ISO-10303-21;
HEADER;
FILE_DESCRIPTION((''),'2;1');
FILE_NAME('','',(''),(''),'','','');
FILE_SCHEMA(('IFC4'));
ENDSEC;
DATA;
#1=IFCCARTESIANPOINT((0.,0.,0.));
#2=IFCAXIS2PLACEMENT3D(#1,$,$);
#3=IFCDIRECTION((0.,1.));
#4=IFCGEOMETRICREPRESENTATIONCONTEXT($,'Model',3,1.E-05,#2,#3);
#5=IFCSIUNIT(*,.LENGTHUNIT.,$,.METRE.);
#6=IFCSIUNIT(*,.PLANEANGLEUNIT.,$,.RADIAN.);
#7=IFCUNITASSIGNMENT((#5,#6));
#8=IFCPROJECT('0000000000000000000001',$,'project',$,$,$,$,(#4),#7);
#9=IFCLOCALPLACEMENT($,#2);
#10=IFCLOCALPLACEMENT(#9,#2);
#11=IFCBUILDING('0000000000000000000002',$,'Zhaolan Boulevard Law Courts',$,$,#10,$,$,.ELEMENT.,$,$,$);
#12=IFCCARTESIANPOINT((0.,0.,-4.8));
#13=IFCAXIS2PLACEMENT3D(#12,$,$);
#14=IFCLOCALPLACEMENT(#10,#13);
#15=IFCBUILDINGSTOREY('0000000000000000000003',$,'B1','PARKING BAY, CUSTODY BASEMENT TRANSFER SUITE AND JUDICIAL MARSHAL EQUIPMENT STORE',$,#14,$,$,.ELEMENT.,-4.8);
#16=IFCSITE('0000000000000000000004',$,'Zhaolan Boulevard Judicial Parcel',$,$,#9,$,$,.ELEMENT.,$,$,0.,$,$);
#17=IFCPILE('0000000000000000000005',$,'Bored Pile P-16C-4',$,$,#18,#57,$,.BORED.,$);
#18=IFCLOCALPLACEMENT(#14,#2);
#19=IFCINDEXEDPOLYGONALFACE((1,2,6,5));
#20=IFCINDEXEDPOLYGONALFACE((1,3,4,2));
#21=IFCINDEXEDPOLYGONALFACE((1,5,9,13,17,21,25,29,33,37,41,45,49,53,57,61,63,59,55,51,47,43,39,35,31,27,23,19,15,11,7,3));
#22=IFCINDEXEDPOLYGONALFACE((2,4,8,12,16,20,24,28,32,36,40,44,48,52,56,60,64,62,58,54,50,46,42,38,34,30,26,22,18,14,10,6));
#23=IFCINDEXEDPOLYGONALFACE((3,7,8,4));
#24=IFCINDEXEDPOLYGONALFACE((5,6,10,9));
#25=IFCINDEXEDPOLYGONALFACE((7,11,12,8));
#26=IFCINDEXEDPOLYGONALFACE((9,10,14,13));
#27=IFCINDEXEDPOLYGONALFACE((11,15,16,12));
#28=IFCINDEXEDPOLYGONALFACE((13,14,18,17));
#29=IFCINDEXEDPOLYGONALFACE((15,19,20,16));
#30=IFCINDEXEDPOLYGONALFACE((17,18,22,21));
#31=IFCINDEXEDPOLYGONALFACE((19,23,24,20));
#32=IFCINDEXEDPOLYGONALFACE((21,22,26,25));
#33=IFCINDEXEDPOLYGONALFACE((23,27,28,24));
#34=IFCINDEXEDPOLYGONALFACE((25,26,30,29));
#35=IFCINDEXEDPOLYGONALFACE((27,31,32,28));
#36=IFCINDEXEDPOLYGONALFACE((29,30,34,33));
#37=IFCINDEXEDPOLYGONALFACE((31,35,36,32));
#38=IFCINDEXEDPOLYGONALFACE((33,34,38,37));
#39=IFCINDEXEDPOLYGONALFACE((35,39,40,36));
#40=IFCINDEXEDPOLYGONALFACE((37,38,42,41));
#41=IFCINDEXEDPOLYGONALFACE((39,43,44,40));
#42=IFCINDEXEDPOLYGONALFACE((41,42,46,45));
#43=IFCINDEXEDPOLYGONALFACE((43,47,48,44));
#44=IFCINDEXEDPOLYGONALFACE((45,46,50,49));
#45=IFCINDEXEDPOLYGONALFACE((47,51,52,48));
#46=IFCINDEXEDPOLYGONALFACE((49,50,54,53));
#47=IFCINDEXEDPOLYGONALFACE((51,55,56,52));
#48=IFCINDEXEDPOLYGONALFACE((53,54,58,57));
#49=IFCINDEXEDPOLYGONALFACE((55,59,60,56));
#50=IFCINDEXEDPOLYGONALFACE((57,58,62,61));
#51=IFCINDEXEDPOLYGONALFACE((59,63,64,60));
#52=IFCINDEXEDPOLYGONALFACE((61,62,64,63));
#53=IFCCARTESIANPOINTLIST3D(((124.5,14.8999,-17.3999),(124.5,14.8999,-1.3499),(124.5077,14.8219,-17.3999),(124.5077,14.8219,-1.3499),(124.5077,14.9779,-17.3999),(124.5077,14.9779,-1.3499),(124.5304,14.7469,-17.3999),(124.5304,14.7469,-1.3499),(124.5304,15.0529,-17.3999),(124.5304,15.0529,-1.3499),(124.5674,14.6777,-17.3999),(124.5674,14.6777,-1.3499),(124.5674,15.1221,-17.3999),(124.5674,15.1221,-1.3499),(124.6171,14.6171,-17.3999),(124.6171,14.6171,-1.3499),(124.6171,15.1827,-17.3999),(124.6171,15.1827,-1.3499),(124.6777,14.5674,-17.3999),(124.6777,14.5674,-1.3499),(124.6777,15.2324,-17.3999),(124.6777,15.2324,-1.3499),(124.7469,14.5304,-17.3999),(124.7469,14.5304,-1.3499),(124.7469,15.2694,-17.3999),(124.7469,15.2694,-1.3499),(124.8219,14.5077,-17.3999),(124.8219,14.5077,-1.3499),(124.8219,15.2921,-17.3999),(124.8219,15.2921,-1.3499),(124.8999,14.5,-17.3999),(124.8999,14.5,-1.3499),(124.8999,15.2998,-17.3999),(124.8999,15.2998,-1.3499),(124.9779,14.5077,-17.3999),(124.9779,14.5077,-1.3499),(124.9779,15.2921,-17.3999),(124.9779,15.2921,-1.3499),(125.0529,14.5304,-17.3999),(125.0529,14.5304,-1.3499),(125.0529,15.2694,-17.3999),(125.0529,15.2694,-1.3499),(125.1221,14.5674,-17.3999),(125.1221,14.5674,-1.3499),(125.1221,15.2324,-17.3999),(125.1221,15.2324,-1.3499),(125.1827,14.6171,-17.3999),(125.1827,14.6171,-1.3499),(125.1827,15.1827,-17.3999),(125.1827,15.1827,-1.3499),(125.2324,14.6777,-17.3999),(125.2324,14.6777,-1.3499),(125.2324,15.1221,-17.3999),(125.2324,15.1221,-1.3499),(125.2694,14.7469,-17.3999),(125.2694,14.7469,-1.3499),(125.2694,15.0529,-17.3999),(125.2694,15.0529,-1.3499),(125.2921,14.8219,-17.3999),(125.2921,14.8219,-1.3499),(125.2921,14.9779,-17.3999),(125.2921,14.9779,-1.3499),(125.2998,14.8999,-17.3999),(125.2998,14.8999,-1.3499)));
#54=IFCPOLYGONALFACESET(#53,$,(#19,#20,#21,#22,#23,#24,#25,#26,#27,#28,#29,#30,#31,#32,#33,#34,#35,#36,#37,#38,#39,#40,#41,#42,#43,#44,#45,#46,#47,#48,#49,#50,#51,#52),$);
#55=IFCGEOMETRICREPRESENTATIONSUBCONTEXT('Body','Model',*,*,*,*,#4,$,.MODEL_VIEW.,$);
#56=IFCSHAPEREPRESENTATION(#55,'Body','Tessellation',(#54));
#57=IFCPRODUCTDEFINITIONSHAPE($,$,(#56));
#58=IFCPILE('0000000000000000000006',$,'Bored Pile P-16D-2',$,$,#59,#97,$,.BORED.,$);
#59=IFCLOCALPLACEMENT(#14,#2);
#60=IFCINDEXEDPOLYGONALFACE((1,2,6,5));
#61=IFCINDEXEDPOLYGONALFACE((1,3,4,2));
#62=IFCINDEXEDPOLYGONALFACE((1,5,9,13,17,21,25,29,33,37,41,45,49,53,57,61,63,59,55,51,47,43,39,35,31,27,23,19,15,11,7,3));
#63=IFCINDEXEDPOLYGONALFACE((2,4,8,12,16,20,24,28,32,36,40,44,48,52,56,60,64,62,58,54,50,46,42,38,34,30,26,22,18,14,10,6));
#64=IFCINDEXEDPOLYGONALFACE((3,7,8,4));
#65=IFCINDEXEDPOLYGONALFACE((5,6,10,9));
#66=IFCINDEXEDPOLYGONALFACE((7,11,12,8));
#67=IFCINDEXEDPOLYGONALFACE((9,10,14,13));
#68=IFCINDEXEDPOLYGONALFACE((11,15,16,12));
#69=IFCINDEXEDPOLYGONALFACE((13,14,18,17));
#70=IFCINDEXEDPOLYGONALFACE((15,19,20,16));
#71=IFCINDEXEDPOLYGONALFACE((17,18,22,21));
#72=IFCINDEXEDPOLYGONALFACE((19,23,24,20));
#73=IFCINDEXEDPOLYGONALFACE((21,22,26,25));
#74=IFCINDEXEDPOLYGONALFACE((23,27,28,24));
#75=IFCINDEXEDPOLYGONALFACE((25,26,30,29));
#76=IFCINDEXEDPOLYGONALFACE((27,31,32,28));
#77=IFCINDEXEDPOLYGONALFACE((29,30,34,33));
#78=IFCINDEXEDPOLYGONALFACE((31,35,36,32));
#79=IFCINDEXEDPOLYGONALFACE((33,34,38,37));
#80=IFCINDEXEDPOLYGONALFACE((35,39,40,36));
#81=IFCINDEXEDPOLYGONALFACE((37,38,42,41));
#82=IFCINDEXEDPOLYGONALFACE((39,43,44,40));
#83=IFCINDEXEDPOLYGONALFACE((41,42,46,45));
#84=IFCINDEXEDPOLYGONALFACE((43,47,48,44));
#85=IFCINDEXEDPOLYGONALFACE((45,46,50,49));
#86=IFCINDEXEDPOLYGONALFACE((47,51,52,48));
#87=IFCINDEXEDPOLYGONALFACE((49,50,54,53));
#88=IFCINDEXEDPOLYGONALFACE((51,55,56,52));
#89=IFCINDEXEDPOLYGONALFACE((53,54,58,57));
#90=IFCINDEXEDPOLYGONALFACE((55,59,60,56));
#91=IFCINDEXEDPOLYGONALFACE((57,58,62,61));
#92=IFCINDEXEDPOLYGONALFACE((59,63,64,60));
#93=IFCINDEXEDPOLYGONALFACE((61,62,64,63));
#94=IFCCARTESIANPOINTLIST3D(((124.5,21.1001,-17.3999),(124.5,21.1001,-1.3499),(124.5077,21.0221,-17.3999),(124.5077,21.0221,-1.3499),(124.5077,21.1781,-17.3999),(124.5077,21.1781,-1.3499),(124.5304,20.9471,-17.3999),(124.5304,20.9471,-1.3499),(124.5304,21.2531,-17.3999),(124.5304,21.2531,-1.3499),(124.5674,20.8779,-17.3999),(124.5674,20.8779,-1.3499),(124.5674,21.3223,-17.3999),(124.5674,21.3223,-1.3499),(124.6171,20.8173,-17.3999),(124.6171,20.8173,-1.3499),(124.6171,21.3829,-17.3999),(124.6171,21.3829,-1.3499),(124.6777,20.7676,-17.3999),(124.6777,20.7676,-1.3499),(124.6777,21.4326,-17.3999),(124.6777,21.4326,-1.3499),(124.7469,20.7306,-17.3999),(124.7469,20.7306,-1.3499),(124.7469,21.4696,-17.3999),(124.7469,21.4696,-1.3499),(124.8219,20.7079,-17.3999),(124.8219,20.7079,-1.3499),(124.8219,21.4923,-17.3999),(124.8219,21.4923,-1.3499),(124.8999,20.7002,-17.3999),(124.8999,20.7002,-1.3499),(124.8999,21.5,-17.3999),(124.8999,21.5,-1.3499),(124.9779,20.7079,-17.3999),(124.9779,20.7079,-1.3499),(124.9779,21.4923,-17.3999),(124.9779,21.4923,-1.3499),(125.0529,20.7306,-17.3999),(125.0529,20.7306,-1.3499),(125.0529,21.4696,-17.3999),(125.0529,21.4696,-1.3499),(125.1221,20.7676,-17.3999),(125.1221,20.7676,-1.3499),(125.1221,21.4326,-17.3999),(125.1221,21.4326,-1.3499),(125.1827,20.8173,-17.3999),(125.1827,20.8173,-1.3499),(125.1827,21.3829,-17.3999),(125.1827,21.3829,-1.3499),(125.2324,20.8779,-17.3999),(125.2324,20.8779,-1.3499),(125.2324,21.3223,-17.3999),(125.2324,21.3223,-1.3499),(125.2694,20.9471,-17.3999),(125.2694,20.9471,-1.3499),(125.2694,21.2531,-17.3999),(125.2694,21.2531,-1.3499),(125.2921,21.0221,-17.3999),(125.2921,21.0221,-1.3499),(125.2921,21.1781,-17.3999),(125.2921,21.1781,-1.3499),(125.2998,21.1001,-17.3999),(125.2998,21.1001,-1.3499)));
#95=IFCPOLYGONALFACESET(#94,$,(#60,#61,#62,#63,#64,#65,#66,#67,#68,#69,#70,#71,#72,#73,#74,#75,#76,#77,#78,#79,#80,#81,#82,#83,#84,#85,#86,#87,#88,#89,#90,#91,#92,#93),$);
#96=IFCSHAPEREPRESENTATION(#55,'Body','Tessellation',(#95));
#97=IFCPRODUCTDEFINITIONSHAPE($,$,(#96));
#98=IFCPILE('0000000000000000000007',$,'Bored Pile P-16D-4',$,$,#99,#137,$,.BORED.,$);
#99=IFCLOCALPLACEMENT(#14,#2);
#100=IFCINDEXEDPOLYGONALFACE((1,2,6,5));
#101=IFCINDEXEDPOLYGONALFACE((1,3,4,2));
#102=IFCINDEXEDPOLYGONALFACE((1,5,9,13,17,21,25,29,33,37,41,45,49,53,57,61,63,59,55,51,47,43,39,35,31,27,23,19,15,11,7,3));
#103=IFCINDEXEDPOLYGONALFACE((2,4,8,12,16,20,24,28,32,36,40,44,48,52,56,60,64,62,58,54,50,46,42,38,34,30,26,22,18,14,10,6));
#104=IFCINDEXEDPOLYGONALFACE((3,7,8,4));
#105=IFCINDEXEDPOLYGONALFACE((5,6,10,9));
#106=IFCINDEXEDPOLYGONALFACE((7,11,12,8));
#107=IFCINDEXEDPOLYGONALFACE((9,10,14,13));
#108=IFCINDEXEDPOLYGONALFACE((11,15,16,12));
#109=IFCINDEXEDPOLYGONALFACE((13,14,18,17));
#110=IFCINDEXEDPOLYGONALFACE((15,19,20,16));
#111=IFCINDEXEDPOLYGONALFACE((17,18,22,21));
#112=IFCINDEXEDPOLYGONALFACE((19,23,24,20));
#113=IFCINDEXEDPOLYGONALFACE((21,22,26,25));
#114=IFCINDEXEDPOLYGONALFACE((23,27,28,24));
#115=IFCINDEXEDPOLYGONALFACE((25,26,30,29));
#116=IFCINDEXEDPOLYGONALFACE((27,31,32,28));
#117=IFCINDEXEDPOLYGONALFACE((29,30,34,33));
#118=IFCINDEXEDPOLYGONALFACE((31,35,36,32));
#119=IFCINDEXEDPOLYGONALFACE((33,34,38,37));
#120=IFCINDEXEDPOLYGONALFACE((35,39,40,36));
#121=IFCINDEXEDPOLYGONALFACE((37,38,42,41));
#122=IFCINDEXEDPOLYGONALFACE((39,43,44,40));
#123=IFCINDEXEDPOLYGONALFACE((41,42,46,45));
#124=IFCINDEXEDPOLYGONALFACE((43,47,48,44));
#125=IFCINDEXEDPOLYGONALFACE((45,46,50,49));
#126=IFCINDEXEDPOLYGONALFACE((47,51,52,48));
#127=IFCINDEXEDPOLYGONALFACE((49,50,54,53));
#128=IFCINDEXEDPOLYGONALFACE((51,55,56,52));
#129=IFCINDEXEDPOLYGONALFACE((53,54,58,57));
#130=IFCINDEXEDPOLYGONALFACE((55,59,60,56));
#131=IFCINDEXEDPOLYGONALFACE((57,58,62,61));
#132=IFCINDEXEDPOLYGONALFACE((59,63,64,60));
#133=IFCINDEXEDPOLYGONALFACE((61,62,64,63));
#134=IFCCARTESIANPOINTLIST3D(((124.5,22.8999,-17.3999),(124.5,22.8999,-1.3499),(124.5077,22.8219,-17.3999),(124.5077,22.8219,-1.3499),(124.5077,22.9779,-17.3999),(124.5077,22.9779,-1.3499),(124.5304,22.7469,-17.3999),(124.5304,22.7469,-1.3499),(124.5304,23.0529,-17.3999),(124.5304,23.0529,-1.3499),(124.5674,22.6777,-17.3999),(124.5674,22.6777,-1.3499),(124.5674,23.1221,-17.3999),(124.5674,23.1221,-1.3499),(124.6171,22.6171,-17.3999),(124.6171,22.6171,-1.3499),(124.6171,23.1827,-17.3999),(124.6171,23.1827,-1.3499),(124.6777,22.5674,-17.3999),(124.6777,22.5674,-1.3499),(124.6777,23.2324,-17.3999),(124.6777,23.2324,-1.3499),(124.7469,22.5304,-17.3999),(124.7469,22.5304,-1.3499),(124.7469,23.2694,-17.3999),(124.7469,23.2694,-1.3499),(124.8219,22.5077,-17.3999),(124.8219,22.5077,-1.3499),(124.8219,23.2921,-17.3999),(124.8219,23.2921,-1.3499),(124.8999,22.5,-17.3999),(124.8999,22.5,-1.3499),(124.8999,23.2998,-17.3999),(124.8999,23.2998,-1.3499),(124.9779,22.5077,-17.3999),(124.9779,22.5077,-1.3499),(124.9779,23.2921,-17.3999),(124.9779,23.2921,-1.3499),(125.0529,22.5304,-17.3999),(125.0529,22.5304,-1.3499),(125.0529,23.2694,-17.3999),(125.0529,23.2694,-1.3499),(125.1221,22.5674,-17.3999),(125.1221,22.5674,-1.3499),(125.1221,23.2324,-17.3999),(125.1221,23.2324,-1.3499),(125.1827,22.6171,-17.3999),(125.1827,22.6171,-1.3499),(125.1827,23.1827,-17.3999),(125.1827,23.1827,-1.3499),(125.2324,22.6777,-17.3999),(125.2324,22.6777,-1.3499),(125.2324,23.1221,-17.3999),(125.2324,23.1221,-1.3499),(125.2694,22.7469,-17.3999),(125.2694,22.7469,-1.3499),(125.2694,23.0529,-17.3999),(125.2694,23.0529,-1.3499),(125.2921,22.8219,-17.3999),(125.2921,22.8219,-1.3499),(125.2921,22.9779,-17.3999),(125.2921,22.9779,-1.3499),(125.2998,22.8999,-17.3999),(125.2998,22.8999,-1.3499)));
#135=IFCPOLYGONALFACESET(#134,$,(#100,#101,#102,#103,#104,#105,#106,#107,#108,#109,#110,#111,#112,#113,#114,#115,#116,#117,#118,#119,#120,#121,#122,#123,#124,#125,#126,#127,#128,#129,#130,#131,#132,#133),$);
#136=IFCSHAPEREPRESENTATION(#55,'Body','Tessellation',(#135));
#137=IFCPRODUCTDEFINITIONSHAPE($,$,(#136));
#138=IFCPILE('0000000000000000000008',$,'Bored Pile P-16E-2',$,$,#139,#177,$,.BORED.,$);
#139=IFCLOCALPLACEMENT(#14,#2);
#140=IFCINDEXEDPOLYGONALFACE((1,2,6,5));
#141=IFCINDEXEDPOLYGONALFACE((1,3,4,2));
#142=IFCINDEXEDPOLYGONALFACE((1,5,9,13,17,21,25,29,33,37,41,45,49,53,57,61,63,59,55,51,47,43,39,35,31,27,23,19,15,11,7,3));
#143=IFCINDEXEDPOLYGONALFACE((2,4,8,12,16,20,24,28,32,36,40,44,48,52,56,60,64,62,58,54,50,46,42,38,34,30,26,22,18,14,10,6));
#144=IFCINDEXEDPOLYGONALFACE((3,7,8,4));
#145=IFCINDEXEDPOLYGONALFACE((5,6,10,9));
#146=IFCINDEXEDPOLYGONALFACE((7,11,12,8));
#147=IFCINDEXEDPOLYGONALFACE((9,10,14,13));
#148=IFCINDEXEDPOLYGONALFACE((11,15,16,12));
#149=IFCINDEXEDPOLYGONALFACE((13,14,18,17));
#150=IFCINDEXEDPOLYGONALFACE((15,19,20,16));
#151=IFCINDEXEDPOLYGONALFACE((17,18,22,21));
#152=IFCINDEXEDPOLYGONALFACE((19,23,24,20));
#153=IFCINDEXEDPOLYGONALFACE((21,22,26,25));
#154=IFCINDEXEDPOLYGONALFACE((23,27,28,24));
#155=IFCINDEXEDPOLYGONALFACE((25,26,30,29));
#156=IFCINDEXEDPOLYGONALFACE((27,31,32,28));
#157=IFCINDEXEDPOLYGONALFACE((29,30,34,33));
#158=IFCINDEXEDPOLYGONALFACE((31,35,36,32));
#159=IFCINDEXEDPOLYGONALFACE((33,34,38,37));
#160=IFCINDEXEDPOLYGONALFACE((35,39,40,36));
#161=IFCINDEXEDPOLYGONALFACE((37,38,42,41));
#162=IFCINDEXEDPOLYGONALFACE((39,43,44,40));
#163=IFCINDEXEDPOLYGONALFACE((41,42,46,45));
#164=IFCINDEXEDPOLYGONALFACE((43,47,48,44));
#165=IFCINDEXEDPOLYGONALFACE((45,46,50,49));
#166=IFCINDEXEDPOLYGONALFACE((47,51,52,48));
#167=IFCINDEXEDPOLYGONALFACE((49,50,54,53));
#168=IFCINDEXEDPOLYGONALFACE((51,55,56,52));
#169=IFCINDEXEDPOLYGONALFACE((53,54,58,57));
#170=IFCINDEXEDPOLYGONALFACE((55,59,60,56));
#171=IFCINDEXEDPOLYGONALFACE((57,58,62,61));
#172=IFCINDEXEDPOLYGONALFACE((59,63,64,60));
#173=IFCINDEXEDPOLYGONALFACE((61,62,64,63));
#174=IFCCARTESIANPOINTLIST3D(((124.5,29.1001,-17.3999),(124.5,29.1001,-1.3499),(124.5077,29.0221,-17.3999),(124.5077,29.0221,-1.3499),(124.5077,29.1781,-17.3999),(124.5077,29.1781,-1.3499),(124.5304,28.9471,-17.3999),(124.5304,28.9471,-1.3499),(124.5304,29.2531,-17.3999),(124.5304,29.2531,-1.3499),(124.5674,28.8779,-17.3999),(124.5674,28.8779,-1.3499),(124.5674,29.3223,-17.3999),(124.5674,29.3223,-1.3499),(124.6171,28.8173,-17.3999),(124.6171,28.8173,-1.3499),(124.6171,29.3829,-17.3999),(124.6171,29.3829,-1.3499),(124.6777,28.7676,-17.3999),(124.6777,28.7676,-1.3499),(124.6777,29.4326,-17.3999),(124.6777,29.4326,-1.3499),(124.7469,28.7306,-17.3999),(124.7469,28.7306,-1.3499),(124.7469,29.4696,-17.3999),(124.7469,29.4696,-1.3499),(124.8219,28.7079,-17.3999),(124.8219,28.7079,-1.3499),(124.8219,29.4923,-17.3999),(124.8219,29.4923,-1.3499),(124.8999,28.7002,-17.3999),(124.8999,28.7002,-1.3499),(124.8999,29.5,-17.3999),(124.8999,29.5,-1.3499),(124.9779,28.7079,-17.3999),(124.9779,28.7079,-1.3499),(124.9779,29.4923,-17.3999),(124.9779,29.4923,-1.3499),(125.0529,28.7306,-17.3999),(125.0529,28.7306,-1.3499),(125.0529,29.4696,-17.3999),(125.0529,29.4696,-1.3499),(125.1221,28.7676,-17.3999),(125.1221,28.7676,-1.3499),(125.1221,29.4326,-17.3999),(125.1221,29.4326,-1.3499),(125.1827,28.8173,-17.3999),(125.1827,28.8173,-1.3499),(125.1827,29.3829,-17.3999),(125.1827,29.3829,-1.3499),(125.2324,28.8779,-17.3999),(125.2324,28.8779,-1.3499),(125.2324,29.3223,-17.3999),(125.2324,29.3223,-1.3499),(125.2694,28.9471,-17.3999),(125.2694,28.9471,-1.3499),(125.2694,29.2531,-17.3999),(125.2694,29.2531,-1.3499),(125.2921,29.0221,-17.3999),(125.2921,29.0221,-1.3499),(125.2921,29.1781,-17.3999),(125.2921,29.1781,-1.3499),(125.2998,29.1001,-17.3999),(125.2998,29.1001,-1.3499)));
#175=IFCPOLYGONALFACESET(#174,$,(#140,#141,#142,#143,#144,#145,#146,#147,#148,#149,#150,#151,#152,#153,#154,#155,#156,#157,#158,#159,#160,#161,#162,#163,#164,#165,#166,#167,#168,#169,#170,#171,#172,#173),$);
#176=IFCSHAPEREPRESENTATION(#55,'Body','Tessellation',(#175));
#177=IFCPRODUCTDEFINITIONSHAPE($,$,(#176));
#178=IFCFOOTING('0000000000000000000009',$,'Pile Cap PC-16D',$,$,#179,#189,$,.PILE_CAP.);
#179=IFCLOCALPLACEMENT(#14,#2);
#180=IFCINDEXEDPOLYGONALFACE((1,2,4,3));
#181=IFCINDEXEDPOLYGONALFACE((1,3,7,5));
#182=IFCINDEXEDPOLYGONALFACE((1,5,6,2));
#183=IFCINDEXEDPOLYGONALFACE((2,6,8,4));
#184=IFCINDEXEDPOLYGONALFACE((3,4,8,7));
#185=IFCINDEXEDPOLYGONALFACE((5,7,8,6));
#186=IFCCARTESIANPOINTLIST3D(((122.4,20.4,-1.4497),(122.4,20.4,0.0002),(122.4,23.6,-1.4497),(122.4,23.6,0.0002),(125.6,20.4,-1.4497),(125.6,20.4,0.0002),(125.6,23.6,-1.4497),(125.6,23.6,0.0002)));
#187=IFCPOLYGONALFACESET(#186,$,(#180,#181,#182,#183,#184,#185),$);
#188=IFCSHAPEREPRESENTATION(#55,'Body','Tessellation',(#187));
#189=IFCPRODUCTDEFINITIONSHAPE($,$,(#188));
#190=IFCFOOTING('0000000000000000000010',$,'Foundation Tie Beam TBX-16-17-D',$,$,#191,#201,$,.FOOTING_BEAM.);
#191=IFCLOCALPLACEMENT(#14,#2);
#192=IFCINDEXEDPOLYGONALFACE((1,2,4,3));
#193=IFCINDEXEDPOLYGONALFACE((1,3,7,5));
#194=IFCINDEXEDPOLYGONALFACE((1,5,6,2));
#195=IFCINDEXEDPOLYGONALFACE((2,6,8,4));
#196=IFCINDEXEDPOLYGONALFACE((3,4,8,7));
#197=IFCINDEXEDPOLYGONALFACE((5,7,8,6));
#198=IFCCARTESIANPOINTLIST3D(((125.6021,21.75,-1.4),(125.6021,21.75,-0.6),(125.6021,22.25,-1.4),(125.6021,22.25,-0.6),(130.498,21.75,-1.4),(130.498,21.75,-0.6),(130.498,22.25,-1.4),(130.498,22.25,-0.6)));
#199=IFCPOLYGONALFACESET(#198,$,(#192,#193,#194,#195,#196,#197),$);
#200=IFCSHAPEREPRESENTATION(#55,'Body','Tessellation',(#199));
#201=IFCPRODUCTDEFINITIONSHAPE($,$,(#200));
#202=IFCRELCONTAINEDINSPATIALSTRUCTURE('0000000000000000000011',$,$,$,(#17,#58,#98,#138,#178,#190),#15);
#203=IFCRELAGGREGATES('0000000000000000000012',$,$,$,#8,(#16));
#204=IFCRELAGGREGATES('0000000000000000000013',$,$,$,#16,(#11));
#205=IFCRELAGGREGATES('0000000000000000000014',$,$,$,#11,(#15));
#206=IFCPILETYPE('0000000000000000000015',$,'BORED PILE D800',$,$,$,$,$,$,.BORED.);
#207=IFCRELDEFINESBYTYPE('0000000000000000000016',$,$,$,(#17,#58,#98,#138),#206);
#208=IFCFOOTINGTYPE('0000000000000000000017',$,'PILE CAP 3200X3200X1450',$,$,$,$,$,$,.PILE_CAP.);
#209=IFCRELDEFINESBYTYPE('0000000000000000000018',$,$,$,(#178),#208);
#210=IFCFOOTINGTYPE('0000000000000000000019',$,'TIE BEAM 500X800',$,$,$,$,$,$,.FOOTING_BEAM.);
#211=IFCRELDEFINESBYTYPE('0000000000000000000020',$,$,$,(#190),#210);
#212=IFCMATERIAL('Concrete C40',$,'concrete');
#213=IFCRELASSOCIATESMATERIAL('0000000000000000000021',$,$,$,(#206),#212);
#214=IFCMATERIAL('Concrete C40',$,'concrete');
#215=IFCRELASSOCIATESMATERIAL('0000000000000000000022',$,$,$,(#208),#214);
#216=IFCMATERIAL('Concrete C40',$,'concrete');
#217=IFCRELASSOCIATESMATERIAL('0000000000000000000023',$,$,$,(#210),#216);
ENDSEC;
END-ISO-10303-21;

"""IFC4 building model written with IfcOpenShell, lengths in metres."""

from ifc_helpers import new_model, si_unit, direction, frame, origin, origin_2d, place, context, subcontext, project, spatial, rectangle, circle, extrude, material, material_profile, profile_set, type_object, element, save


model = new_model("IFC4")

# Units and contexts
model_context = context("Model", 3, precision=1e-05, world=origin(), true_north=direction((0.0, 1.0)))
body_context = subcontext(model_context, "Body", "Model", "MODEL_VIEW")
ifc_project = project(units=[si_unit("LENGTHUNIT", "METRE"), si_unit("PLANEANGLEUNIT", "RADIAN")], contexts=[model_context])

# Site, building, storey
site_placement = place(None, origin())
site = spatial("IfcSite", under=ifc_project, at=site_placement, Name="Zhaolan Boulevard Judicial Parcel", CompositionType="ELEMENT", RefElevation=0.0)
building_placement = place(site_placement, origin())
building = spatial("IfcBuilding", under=site, at=building_placement, Name="Zhaolan Boulevard Law Courts", CompositionType="ELEMENT")
storey_placement = place(building_placement, frame((0.0, 0.0, -4.8)))
storey = spatial("IfcBuildingStorey", under=building, at=storey_placement, Name="B1", Description="PARKING BAY, CUSTODY BASEMENT TRANSFER SUITE AND JUDICIAL MARSHAL EQUIPMENT STORE", CompositionType="ELEMENT", Elevation=-4.8)

# Piles
ifc_material_1 = material(Name="Concrete C40", Category="concrete")
ifc_material_profile_1 = material_profile(ifc_material_1, circle(Radius=0.3999, at=origin_2d()), Name="PILE-D800")
ifc_profile_set_1 = profile_set([ifc_material_profile_1], Name="Concrete C40")
pile_type = type_object("IfcPileType", Name="BORED PILE D800", PredefinedType="BORED", material=ifc_profile_set_1)
for number, where, z_axis, x_axis, name in (
    (1, (124.8999, 14.8999, -1.3499), (0.0, 0.0, -1.0), (1.0, 0.0, 0.0), "Bored Pile P-16C-4"),
    (2, (124.8999, 21.1001, -1.3499), (0.0, 0.0, -1.0), (1.0, 0.0, 0.0), "Bored Pile P-16D-2"),
    (3, (124.8999, 22.8999, -1.3499), (0.0, 0.0, -1.0), (1.0, 0.0, 0.0), "Bored Pile P-16D-4"),
    (4, (124.8999, 29.1001, -1.3499), (0.0, 0.0, -1.0), (1.0, 0.0, 0.0), "Bored Pile P-16E-2"),
):
    element("IfcPile", number, at=place(storey_placement, frame(where, z_axis=z_axis, x_axis=x_axis)), inside=storey, type_object=pile_type, Name=name, PredefinedType="BORED", context=body_context, shape_type="SweptSolid", body=[
        extrude(circle(Radius=0.3999, at=origin_2d()), origin(), (0.0, 0.0, 1.0), 16.05),
    ])

# Footings
ifc_material_2 = material(Name="Concrete C40", Category="concrete")
footing_type_1 = type_object("IfcFootingType", Name="PILE CAP 3200X3200X1450", PredefinedType="PILE_CAP", material=ifc_material_2)
footing_1_placement = place(storey_placement, frame((124.0, 22.0, -1.4497), z_axis=(0.0, 0.0, 1.0), x_axis=(1.0, 0.0, 0.0)))
element("IfcFooting", 5, at=footing_1_placement, inside=storey, type_object=footing_type_1, Name="Pile Cap PC-16D", PredefinedType="PILE_CAP", context=body_context, shape_type="SweptSolid", body=[
    extrude(rectangle(XDim=3.2, YDim=3.2, at=origin_2d()), origin(), (0.0, 0.0, 1.0), 1.45),
])
ifc_material_3 = material(Name="Concrete C40", Category="concrete")
ifc_material_profile_2 = material_profile(ifc_material_3, rectangle(XDim=0.5, YDim=0.8, at=origin_2d()), Name="RC500x800")
ifc_profile_set_2 = profile_set([ifc_material_profile_2], Name="Concrete C40")
footing_type_2 = type_object("IfcFootingType", Name="TIE BEAM 500X800", PredefinedType="FOOTING_BEAM", material=ifc_profile_set_2)
footing_2_placement = place(storey_placement, frame((125.6021, 22.0, -1.0), z_axis=(1.0, 0.0, 0.0), x_axis=(0.0, 1.0, 0.0)))
element("IfcFooting", 6, at=footing_2_placement, inside=storey, type_object=footing_type_2, Name="Foundation Tie Beam TBX-16-17-D", PredefinedType="FOOTING_BEAM", context=body_context, shape_type="SweptSolid", body=[
    extrude(rectangle(XDim=0.5, YDim=0.8, at=origin_2d()), origin(), (0.0, 0.0, 1.0), 4.896),
])

save(model, "model.ifc")
